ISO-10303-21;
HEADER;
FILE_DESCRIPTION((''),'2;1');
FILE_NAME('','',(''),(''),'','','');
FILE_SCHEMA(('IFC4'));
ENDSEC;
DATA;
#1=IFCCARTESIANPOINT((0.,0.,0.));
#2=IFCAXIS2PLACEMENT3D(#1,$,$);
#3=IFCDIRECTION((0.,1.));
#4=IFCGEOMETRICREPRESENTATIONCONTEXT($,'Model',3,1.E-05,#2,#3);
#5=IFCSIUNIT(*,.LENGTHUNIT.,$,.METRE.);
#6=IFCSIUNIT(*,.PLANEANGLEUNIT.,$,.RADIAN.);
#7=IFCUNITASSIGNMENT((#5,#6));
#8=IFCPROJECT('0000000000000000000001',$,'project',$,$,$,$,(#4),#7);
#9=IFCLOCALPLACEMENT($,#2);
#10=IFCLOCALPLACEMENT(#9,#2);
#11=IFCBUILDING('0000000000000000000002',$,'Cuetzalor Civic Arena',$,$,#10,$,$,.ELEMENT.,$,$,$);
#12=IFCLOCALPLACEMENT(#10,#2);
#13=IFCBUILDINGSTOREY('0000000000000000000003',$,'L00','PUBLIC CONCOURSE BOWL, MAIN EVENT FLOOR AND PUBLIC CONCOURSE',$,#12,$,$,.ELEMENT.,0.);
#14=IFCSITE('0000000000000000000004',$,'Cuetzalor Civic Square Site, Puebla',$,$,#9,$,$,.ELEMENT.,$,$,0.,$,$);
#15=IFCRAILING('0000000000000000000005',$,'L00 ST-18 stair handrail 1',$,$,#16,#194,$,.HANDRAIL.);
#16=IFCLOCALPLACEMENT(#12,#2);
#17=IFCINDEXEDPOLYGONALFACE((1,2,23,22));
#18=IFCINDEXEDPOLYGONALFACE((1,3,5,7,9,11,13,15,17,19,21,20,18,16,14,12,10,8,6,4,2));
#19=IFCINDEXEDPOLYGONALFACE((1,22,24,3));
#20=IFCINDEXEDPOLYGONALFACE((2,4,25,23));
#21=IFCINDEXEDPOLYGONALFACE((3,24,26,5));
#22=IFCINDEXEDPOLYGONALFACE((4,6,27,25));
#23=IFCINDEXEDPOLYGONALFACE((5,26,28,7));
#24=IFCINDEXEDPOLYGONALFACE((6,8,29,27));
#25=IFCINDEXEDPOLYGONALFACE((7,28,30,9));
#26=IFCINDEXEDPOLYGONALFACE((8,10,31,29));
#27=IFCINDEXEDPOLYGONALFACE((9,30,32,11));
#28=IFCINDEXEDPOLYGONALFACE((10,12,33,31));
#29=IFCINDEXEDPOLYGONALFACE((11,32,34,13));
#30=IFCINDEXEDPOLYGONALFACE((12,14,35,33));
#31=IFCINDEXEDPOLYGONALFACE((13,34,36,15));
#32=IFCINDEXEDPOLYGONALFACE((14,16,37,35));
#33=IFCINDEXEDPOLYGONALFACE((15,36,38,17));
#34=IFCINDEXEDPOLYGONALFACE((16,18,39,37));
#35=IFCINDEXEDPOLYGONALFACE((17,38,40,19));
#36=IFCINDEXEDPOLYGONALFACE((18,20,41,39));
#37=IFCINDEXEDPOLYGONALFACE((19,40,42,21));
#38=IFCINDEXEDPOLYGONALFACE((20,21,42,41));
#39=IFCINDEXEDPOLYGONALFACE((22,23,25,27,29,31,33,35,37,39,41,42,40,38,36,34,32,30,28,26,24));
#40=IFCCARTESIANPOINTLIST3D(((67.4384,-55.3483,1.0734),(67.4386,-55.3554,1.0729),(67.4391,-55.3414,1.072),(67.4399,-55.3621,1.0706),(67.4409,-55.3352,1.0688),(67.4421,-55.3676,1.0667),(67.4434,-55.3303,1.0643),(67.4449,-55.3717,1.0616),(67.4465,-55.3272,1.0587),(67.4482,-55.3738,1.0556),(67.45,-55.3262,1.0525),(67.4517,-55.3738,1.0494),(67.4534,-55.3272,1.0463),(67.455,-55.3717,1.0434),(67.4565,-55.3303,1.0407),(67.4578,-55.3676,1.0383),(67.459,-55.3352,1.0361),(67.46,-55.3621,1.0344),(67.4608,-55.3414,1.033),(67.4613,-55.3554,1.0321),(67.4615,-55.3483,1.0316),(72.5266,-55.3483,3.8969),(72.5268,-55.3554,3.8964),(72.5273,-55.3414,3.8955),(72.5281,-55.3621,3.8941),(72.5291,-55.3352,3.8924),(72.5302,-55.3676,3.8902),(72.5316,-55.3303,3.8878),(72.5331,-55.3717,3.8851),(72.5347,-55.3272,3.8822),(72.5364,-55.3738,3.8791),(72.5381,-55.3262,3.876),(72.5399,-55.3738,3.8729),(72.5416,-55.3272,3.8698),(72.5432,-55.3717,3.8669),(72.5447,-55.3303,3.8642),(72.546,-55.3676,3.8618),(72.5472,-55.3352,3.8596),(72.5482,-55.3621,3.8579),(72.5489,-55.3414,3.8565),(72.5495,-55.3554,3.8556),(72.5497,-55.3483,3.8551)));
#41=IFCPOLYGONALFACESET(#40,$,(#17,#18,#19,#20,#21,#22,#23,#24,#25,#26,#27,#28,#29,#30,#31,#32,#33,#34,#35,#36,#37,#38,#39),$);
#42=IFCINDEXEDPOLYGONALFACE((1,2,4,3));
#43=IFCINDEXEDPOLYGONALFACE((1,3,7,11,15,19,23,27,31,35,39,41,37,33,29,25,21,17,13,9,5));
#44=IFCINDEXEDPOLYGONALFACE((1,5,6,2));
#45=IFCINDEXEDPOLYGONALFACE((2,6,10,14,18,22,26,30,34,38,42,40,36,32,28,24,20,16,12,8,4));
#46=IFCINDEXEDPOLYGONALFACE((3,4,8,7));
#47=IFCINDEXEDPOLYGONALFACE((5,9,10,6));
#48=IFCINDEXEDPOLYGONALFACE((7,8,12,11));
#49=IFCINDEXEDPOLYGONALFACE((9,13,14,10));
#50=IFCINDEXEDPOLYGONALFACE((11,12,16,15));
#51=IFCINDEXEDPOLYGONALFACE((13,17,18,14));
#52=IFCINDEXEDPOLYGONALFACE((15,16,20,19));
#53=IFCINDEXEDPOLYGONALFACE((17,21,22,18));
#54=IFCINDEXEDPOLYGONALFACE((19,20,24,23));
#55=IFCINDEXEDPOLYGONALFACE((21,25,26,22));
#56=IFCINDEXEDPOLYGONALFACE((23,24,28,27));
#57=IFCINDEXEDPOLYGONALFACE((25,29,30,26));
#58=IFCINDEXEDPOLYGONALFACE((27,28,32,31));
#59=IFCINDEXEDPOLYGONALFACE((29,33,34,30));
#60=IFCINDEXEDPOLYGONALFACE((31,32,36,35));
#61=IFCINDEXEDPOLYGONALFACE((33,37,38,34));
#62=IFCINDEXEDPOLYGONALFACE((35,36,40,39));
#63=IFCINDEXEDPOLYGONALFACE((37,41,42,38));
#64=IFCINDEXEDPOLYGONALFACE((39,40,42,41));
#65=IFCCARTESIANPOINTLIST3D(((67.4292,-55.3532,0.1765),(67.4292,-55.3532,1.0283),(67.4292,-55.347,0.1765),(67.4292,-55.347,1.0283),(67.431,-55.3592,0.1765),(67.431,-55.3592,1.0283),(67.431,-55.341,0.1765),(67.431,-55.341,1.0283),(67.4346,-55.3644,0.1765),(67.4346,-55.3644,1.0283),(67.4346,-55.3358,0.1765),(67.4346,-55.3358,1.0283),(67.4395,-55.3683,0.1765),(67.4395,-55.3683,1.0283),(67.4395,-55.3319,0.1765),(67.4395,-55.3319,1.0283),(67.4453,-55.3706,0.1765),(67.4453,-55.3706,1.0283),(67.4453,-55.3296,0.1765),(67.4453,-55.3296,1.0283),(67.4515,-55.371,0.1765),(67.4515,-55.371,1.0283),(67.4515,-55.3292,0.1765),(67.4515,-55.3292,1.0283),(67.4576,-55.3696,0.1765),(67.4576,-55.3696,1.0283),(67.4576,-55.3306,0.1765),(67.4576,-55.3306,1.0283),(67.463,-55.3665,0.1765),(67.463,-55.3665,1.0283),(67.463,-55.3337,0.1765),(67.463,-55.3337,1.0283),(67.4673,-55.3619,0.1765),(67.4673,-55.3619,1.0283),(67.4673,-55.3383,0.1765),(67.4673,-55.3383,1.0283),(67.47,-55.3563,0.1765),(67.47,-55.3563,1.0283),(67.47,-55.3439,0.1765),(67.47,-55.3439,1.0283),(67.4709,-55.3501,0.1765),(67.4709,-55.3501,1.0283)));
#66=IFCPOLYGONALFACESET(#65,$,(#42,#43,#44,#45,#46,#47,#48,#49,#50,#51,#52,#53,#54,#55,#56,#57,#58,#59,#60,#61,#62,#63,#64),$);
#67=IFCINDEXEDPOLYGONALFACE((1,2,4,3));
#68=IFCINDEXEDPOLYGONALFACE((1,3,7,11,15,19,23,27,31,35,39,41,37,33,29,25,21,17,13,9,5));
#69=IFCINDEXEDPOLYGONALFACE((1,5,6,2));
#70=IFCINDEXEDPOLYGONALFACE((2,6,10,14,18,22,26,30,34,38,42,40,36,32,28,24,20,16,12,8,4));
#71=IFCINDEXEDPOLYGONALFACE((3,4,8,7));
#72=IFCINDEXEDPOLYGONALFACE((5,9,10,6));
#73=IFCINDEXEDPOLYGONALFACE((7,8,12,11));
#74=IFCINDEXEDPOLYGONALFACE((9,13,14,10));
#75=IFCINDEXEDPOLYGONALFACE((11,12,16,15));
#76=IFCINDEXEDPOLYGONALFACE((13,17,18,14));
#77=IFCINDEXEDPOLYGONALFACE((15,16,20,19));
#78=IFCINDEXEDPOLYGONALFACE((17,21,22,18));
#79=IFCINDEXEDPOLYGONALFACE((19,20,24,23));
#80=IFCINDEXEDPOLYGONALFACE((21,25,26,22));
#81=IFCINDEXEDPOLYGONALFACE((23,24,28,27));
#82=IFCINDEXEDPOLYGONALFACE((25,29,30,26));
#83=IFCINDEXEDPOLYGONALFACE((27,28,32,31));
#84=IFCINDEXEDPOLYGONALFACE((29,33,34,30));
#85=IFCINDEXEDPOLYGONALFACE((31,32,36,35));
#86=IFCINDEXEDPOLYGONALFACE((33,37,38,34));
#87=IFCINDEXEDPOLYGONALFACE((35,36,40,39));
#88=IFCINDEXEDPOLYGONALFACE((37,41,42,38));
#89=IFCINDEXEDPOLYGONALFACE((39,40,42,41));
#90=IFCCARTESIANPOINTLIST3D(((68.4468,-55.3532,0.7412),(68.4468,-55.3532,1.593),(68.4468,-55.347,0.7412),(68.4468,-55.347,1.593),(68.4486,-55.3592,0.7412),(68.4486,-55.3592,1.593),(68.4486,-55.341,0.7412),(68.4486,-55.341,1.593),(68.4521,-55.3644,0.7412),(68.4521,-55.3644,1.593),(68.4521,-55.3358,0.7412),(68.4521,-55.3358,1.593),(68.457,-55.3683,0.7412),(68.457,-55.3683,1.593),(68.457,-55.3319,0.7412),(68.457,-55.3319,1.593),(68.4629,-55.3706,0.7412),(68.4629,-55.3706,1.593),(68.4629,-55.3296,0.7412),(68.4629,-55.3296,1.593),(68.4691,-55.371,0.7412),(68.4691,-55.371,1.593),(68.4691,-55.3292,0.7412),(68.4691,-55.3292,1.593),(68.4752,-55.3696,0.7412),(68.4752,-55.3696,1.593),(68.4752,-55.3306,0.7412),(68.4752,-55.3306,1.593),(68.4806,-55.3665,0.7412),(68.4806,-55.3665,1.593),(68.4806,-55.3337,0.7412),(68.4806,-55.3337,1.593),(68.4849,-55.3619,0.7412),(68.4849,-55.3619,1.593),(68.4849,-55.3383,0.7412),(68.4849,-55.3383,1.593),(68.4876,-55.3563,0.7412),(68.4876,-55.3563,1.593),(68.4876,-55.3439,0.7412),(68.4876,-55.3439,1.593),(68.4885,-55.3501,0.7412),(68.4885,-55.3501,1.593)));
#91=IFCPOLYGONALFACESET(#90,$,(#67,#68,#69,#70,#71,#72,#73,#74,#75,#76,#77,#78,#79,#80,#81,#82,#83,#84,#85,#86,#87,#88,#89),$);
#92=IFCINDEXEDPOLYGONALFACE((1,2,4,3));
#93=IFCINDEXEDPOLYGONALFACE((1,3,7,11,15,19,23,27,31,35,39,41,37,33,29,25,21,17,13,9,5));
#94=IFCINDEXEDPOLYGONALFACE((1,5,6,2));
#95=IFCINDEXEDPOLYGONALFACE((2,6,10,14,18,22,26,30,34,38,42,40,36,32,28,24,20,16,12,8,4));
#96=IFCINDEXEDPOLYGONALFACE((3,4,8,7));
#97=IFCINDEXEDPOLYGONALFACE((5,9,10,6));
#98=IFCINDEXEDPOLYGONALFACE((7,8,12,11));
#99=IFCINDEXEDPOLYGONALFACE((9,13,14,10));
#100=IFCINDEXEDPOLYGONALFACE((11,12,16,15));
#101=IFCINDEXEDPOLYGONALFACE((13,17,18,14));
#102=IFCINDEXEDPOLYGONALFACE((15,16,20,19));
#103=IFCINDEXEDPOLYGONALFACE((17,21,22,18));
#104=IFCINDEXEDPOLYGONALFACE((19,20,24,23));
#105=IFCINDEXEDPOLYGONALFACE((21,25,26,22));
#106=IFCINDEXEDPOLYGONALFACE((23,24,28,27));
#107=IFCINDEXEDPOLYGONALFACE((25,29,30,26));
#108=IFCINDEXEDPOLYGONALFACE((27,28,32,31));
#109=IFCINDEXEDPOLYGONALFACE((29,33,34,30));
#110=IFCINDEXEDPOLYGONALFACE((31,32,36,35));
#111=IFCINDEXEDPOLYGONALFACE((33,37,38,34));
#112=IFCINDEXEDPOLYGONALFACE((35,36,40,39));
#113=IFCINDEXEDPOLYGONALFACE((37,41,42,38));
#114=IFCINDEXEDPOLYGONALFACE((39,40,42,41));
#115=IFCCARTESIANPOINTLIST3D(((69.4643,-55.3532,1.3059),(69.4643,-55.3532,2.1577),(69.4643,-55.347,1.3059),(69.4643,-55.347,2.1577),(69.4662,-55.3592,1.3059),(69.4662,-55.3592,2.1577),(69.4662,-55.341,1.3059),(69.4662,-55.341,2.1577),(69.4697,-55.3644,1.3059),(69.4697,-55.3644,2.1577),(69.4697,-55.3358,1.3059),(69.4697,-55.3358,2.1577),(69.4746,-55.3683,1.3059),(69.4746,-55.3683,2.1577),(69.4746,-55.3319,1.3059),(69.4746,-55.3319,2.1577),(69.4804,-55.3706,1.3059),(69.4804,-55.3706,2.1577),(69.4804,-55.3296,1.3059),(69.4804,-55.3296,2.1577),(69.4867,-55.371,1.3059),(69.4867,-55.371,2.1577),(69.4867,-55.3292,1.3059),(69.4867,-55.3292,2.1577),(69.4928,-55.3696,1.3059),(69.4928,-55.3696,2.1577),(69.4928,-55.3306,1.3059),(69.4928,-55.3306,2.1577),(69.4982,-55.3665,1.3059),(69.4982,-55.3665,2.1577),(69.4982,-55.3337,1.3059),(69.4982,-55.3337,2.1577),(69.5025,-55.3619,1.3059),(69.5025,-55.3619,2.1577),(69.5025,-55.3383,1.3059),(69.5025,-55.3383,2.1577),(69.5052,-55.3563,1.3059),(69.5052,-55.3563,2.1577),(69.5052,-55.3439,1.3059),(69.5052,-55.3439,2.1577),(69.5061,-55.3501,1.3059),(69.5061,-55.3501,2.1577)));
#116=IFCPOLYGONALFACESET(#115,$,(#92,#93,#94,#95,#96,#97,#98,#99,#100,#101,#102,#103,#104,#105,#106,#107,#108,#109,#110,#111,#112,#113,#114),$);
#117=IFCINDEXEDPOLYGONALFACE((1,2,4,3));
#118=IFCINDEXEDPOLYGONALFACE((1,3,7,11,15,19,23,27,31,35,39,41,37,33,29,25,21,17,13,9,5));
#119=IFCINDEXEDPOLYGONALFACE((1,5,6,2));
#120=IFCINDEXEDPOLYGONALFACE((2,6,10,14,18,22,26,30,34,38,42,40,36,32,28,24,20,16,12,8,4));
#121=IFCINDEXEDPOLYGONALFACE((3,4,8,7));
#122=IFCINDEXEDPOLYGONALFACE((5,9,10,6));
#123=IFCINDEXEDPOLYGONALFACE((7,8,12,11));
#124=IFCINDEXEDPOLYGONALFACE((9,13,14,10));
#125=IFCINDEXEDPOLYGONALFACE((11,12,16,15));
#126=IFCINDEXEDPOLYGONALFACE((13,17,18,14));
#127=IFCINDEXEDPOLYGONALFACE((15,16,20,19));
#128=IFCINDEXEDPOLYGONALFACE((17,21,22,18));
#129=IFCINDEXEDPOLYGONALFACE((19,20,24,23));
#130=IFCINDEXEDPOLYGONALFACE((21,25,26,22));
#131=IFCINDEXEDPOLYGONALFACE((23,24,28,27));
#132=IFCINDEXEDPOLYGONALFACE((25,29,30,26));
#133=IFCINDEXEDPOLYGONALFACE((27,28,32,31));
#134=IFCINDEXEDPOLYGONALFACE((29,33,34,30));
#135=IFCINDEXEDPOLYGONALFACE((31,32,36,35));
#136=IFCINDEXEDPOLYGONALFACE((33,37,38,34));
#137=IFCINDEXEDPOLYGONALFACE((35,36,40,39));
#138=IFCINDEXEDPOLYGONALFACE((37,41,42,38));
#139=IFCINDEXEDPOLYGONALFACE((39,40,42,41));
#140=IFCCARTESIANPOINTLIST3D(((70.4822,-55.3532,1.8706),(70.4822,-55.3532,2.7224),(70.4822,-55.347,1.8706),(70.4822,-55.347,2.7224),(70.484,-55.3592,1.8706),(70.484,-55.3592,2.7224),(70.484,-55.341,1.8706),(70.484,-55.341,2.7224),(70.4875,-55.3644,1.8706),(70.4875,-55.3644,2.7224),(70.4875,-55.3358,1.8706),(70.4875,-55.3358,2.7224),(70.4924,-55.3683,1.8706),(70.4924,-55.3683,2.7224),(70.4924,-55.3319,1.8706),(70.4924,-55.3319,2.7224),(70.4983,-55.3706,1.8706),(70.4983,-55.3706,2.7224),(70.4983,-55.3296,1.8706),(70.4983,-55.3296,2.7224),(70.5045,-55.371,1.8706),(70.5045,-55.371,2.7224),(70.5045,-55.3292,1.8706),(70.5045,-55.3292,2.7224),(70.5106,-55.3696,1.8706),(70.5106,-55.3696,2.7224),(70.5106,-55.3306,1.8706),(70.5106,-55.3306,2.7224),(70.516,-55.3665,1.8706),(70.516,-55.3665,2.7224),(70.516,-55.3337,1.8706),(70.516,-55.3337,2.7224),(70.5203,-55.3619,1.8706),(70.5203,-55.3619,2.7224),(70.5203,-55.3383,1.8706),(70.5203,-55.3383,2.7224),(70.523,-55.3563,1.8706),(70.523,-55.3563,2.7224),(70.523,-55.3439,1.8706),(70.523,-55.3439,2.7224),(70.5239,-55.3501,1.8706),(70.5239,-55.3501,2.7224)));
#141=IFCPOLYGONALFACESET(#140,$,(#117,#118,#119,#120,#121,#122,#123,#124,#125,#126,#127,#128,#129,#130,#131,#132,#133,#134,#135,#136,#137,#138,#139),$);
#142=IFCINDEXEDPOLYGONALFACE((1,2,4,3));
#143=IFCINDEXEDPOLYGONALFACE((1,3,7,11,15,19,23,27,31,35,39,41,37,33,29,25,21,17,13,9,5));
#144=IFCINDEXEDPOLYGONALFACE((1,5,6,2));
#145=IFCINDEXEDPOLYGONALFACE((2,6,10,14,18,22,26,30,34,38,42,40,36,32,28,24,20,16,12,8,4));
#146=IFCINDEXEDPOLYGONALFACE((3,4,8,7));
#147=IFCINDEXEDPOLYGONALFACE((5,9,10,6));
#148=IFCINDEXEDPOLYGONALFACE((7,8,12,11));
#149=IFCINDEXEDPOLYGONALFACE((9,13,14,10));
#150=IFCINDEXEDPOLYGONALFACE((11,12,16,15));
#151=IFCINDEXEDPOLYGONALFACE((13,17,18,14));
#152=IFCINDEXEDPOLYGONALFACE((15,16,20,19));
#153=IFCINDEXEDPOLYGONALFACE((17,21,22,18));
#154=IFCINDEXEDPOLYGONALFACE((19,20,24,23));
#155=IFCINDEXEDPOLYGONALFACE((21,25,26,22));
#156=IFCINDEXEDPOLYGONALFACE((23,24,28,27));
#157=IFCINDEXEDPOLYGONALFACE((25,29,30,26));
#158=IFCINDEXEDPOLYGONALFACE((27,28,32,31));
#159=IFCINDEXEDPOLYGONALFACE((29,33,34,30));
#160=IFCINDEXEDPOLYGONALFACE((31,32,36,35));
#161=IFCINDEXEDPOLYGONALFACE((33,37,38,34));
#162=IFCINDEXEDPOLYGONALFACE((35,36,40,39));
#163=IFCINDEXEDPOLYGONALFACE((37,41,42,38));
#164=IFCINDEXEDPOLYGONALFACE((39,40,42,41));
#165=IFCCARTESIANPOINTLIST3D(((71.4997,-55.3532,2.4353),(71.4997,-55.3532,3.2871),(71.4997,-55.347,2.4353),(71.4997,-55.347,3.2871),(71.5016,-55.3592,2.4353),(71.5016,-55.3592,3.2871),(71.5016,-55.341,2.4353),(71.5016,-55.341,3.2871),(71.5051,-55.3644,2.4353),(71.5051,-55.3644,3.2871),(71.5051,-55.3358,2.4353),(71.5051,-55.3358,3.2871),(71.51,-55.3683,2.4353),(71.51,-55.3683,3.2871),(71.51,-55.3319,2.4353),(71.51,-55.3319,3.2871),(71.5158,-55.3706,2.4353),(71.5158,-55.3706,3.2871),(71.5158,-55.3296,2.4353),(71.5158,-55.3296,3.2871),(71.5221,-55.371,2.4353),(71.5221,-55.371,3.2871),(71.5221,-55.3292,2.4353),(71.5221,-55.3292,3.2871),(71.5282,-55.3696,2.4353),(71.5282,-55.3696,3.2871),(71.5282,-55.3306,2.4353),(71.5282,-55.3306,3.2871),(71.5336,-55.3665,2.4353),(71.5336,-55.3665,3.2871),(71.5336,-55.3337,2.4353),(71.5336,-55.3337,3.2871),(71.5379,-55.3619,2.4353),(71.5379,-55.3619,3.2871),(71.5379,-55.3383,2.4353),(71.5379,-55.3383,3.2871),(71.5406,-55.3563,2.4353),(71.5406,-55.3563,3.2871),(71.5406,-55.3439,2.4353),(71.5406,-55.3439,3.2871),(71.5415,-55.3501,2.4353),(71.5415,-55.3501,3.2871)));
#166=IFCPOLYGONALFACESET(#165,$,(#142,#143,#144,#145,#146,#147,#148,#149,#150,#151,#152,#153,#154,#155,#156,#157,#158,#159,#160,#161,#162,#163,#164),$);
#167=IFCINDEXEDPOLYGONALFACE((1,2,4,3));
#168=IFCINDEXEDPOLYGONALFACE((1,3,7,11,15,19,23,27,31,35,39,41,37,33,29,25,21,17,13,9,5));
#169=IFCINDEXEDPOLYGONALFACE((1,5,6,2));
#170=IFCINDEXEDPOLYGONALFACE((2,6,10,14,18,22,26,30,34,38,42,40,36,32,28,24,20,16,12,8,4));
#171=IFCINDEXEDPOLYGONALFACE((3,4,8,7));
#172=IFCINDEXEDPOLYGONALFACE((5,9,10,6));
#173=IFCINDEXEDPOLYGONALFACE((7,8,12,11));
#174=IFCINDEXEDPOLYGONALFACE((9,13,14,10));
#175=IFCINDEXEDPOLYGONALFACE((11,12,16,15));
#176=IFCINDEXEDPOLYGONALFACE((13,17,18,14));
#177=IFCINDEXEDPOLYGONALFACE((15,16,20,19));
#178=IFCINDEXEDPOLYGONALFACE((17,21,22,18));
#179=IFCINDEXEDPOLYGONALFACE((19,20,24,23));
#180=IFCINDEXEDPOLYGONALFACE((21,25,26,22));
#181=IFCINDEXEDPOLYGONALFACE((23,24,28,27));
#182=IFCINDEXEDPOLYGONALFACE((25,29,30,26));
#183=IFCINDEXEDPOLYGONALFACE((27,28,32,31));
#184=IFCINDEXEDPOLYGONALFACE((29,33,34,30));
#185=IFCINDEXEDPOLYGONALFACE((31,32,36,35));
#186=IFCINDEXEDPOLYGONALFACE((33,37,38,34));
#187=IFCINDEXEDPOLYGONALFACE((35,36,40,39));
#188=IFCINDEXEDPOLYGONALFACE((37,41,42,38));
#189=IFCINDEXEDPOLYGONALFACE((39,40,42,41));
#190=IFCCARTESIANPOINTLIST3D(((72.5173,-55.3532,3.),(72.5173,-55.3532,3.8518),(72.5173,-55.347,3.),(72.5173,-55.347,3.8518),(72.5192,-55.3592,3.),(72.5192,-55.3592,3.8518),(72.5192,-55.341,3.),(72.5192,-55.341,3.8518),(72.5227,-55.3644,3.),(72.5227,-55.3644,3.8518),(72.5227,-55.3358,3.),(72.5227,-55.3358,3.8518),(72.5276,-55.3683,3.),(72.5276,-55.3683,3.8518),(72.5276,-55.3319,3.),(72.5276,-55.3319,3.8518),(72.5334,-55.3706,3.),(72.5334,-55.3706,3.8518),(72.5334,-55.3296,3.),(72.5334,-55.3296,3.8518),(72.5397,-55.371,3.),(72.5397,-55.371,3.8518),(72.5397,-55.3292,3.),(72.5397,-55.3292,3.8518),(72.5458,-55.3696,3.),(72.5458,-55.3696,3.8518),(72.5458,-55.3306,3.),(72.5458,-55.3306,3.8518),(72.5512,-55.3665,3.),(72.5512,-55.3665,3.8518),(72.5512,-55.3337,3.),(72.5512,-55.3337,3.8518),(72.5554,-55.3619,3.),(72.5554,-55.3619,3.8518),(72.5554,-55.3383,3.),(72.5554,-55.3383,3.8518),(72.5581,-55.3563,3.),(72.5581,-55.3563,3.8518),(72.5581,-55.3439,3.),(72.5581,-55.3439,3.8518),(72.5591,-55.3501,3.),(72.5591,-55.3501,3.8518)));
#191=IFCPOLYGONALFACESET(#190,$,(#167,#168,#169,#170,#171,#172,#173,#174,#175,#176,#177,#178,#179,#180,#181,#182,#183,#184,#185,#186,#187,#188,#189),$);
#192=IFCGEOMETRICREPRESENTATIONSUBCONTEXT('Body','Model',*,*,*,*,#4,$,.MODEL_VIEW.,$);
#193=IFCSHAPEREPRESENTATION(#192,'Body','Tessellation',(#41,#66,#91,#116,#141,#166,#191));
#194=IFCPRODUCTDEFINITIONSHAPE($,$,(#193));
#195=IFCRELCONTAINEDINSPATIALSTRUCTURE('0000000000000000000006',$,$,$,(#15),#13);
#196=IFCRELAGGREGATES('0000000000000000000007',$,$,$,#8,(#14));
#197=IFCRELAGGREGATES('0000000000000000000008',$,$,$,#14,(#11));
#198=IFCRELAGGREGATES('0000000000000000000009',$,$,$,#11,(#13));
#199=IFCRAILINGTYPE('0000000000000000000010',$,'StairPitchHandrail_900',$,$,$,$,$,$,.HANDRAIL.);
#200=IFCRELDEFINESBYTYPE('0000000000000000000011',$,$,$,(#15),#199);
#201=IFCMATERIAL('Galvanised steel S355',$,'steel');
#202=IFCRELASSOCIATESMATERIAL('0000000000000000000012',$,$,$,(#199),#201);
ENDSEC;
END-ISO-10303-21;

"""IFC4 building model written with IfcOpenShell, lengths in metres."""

from ifc_helpers import new_model, si_unit, direction, frame, origin, origin_2d, place, context, subcontext, project, spatial, circle, extrude, material, type_object, element, save


model = new_model("IFC4")

# Units and contexts
model_context = context("Model", 3, precision=1e-05, world=origin(), true_north=direction((0.0, 1.0)))
body_context = subcontext(model_context, "Body", "Model", "MODEL_VIEW")
ifc_project = project(units=[si_unit("LENGTHUNIT", "METRE"), si_unit("PLANEANGLEUNIT", "RADIAN")], contexts=[model_context])

# Site, building, storey
site_placement = place(None, origin())
site = spatial("IfcSite", under=ifc_project, at=site_placement, Name="Cuetzalor Civic Square Site, Puebla", CompositionType="ELEMENT", RefElevation=0.0)
building_placement = place(site_placement, origin())
building = spatial("IfcBuilding", under=site, at=building_placement, Name="Cuetzalor Civic Arena", CompositionType="ELEMENT")
storey_placement = place(building_placement, origin())
storey = spatial("IfcBuildingStorey", under=building, at=storey_placement, Name="L00", Description="PUBLIC CONCOURSE BOWL, MAIN EVENT FLOOR AND PUBLIC CONCOURSE", CompositionType="ELEMENT", Elevation=0.0)

# Railing
ifc_material_1 = material(Name="Galvanised steel S355", Category="steel")
railing_type_1 = type_object("IfcRailingType", Name="StairPitchHandrail_900", PredefinedType="HANDRAIL", material=ifc_material_1)
railing_1_placement = place(storey_placement, frame((67.45, -55.3501, 0.1765)))
element("IfcRailing", 1, at=railing_1_placement, inside=storey, type_object=railing_type_1, Name="L00 ST-18 stair handrail 1", PredefinedType="HANDRAIL", context=body_context, shape_type="SweptSolid", body=[
    extrude(circle(Radius=0.0239, at=origin_2d()), frame((0.0, 0.0, 0.876), z_axis=(0.874395, 0.0, 0.485215), x_axis=(0.0, 1.0, 0.0)), (0.0, 0.0, 1.0), 5.8191),
    extrude(circle(Radius=0.021, at=origin_2d()), origin(), (0.0, 0.0, 1.0), 0.8518),
    extrude(circle(Radius=0.021, at=origin_2d()), frame((1.0176, 0.0, 0.5647)), (0.0, 0.0, 1.0), 0.8518),
    extrude(circle(Radius=0.021, at=origin_2d()), frame((2.0352, 0.0, 1.1294)), (0.0, 0.0, 1.0), 0.8518),
    extrude(circle(Radius=0.021, at=origin_2d()), frame((3.053, 0.0, 1.6941)), (0.0, 0.0, 1.0), 0.8518),
    extrude(circle(Radius=0.021, at=origin_2d()), frame((4.0706, 0.0, 2.2588)), (0.0, 0.0, 1.0), 0.8518),
    extrude(circle(Radius=0.021, at=origin_2d()), frame((5.0881, 0.0, 2.8235)), (0.0, 0.0, 1.0), 0.8518),
])

save(model, "model.ifc")
